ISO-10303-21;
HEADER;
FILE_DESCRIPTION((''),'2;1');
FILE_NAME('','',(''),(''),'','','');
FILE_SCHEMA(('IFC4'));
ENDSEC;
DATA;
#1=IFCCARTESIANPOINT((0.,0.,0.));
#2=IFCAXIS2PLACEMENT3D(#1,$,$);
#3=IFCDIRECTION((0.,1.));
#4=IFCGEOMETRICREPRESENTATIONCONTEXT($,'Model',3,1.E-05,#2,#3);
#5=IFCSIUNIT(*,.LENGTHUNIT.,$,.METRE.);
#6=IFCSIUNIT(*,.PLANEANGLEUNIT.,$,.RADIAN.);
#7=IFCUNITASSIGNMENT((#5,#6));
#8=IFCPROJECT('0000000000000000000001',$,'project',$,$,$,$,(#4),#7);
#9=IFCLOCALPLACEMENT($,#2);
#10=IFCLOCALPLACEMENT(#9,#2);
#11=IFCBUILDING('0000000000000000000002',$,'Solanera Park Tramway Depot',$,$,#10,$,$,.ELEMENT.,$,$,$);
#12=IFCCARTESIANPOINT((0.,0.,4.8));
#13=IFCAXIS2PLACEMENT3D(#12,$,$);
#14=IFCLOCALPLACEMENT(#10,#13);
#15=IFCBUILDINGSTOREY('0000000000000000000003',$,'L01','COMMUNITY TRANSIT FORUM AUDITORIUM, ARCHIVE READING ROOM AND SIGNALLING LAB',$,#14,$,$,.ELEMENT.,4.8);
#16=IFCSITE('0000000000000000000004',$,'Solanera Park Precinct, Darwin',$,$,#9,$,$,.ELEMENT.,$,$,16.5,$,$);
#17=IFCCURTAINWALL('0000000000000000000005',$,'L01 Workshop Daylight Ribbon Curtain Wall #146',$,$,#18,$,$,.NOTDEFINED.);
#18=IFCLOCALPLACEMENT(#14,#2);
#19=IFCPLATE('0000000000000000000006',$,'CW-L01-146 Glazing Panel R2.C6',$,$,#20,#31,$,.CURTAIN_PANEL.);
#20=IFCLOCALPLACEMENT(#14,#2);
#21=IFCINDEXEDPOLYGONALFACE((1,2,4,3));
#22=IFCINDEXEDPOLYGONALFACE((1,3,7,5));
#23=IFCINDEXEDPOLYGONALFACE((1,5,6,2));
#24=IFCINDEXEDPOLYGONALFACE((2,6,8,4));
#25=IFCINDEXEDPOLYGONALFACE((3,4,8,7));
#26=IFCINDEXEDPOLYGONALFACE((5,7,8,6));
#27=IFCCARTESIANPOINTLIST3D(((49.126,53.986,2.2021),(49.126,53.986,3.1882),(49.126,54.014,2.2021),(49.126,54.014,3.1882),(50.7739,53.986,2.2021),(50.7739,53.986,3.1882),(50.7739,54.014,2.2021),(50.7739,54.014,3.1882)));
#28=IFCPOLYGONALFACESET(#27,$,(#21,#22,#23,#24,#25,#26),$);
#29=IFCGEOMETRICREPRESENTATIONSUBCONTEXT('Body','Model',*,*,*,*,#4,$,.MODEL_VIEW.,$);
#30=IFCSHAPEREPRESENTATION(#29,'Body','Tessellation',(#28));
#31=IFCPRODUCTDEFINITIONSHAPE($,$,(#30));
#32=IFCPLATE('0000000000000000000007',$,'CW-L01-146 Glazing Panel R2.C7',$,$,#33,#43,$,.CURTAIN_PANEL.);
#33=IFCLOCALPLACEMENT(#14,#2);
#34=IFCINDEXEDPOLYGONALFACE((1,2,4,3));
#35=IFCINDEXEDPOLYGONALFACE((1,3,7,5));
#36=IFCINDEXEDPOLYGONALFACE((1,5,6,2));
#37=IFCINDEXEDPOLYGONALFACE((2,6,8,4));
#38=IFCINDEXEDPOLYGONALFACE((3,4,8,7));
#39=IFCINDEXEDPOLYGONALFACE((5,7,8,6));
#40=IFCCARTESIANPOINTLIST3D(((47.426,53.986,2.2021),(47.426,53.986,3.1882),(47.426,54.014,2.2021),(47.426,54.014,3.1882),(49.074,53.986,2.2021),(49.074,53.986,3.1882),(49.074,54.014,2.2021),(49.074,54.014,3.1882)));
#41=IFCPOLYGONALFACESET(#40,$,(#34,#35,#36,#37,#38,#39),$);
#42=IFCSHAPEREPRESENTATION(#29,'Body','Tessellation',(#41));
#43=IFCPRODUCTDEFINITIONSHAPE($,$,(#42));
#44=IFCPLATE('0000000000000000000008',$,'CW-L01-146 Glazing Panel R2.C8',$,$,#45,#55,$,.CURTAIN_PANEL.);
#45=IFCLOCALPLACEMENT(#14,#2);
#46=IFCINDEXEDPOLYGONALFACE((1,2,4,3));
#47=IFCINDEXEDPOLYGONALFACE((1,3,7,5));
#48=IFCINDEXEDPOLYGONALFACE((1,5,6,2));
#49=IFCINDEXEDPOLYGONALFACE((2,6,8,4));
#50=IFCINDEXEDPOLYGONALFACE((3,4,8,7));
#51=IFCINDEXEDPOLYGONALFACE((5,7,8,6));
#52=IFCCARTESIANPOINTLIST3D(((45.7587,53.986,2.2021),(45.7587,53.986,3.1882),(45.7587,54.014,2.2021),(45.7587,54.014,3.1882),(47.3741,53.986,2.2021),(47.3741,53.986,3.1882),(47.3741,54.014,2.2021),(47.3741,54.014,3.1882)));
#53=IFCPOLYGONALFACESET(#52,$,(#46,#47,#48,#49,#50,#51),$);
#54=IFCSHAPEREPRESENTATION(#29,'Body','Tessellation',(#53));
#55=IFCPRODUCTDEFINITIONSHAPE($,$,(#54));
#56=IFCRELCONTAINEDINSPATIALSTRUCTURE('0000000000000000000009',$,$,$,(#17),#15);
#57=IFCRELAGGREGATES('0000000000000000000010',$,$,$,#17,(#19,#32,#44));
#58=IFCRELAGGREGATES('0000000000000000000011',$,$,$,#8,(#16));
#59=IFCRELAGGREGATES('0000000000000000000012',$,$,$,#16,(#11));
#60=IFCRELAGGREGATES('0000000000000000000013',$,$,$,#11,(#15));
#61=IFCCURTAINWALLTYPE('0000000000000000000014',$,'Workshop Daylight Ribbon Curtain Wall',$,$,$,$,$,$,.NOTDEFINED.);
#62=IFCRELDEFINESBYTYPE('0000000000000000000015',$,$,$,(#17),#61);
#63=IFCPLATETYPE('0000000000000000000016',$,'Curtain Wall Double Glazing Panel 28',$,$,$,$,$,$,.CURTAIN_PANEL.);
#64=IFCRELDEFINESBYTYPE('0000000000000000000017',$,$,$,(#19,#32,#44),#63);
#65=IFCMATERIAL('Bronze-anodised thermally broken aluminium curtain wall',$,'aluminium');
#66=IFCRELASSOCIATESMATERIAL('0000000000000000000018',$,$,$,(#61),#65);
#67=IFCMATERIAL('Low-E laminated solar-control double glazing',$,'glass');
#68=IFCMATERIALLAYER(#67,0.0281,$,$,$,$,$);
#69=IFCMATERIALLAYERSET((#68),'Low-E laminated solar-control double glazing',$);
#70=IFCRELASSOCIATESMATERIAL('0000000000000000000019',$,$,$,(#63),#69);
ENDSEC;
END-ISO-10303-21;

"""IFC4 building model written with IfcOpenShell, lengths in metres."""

from ifc_helpers import new_model, si_unit, direction, frame, origin, origin_2d, place, context, subcontext, project, spatial, rectangle, extrude, material, layer, layer_set, type_object, element, aggregate, save


model = new_model("IFC4")

# Units and contexts
model_context = context("Model", 3, precision=1e-05, world=origin(), true_north=direction((0.0, 1.0)))
body_context = subcontext(model_context, "Body", "Model", "MODEL_VIEW")
ifc_project = project(units=[si_unit("LENGTHUNIT", "METRE"), si_unit("PLANEANGLEUNIT", "RADIAN")], contexts=[model_context])

# Site, building, storey
site_placement = place(None, origin())
site = spatial("IfcSite", under=ifc_project, at=site_placement, Name="Solanera Park Precinct, Darwin", CompositionType="ELEMENT", RefElevation=16.5)
building_placement = place(site_placement, origin())
building = spatial("IfcBuilding", under=site, at=building_placement, Name="Solanera Park Tramway Depot", CompositionType="ELEMENT")
storey_placement = place(building_placement, frame((0.0, 0.0, 4.8)))
storey = spatial("IfcBuildingStorey", under=building, at=storey_placement, Name="L01", Description="COMMUNITY TRANSIT FORUM AUDITORIUM, ARCHIVE READING ROOM AND SIGNALLING LAB", CompositionType="ELEMENT", Elevation=4.8)

# Shared definitions
ifc_material_1 = material(Name="Bronze-anodised thermally broken aluminium curtain wall", Category="aluminium")
curtain_wall_type = type_object("IfcCurtainWallType", Name="Workshop Daylight Ribbon Curtain Wall", PredefinedType="NOTDEFINED", material=ifc_material_1)

# Curtain wall
curtain_wall_1_placement = place(storey_placement, origin())
curtain_wall_1 = element("IfcCurtainWall", 1, at=curtain_wall_1_placement, inside=storey, type_object=curtain_wall_type, Name="L01 Workshop Daylight Ribbon Curtain Wall #146", PredefinedType="NOTDEFINED")

# Plates
ifc_material_2 = material(Name="Low-E laminated solar-control double glazing", Category="glass")
ifc_layer = layer(ifc_material_2, 0.0281)
ifc_layer_set = layer_set([ifc_layer], Name="Low-E laminated solar-control double glazing")
plate_type = type_object("IfcPlateType", Name="Curtain Wall Double Glazing Panel 28", PredefinedType="CURTAIN_PANEL", material=ifc_layer_set)
plate_1_placement = place(storey_placement, frame((49.95, 54.0, 2.2021), z_axis=(0.0, 0.0, 1.0), x_axis=(-1.0, 0.0, 0.0)))
plate_1 = element("IfcPlate", 2, at=plate_1_placement, type_object=plate_type, Name="CW-L01-146 Glazing Panel R2.C6", PredefinedType="CURTAIN_PANEL", context=body_context, shape_type="SweptSolid", body=[
    extrude(rectangle(XDim=1.6479, YDim=0.0281, at=origin_2d()), origin(), (0.0, 0.0, 1.0), 0.9861),
])
plate_2_placement = place(storey_placement, frame((48.25, 54.0, 2.2021), z_axis=(0.0, 0.0, 1.0), x_axis=(-1.0, 0.0, 0.0)))
plate_2 = element("IfcPlate", 3, at=plate_2_placement, type_object=plate_type, Name="CW-L01-146 Glazing Panel R2.C7", PredefinedType="CURTAIN_PANEL", context=body_context, shape_type="SweptSolid", body=[
    extrude(rectangle(XDim=1.6479, YDim=0.0281, at=origin_2d()), origin(), (0.0, 0.0, 1.0), 0.9861),
])
plate_3_placement = place(storey_placement, frame((46.5664, 54.0, 2.2021), z_axis=(0.0, 0.0, 1.0), x_axis=(-1.0, 0.0, 0.0)))
plate_3 = element("IfcPlate", 4, at=plate_3_placement, type_object=plate_type, Name="CW-L01-146 Glazing Panel R2.C8", PredefinedType="CURTAIN_PANEL", context=body_context, shape_type="SweptSolid", body=[
    extrude(rectangle(XDim=1.6155, YDim=0.0281, at=origin_2d()), origin(), (0.0, 0.0, 1.0), 0.9861),
])
aggregate(curtain_wall_1, [plate_1, plate_2, plate_3])

save(model, "model.ifc")
